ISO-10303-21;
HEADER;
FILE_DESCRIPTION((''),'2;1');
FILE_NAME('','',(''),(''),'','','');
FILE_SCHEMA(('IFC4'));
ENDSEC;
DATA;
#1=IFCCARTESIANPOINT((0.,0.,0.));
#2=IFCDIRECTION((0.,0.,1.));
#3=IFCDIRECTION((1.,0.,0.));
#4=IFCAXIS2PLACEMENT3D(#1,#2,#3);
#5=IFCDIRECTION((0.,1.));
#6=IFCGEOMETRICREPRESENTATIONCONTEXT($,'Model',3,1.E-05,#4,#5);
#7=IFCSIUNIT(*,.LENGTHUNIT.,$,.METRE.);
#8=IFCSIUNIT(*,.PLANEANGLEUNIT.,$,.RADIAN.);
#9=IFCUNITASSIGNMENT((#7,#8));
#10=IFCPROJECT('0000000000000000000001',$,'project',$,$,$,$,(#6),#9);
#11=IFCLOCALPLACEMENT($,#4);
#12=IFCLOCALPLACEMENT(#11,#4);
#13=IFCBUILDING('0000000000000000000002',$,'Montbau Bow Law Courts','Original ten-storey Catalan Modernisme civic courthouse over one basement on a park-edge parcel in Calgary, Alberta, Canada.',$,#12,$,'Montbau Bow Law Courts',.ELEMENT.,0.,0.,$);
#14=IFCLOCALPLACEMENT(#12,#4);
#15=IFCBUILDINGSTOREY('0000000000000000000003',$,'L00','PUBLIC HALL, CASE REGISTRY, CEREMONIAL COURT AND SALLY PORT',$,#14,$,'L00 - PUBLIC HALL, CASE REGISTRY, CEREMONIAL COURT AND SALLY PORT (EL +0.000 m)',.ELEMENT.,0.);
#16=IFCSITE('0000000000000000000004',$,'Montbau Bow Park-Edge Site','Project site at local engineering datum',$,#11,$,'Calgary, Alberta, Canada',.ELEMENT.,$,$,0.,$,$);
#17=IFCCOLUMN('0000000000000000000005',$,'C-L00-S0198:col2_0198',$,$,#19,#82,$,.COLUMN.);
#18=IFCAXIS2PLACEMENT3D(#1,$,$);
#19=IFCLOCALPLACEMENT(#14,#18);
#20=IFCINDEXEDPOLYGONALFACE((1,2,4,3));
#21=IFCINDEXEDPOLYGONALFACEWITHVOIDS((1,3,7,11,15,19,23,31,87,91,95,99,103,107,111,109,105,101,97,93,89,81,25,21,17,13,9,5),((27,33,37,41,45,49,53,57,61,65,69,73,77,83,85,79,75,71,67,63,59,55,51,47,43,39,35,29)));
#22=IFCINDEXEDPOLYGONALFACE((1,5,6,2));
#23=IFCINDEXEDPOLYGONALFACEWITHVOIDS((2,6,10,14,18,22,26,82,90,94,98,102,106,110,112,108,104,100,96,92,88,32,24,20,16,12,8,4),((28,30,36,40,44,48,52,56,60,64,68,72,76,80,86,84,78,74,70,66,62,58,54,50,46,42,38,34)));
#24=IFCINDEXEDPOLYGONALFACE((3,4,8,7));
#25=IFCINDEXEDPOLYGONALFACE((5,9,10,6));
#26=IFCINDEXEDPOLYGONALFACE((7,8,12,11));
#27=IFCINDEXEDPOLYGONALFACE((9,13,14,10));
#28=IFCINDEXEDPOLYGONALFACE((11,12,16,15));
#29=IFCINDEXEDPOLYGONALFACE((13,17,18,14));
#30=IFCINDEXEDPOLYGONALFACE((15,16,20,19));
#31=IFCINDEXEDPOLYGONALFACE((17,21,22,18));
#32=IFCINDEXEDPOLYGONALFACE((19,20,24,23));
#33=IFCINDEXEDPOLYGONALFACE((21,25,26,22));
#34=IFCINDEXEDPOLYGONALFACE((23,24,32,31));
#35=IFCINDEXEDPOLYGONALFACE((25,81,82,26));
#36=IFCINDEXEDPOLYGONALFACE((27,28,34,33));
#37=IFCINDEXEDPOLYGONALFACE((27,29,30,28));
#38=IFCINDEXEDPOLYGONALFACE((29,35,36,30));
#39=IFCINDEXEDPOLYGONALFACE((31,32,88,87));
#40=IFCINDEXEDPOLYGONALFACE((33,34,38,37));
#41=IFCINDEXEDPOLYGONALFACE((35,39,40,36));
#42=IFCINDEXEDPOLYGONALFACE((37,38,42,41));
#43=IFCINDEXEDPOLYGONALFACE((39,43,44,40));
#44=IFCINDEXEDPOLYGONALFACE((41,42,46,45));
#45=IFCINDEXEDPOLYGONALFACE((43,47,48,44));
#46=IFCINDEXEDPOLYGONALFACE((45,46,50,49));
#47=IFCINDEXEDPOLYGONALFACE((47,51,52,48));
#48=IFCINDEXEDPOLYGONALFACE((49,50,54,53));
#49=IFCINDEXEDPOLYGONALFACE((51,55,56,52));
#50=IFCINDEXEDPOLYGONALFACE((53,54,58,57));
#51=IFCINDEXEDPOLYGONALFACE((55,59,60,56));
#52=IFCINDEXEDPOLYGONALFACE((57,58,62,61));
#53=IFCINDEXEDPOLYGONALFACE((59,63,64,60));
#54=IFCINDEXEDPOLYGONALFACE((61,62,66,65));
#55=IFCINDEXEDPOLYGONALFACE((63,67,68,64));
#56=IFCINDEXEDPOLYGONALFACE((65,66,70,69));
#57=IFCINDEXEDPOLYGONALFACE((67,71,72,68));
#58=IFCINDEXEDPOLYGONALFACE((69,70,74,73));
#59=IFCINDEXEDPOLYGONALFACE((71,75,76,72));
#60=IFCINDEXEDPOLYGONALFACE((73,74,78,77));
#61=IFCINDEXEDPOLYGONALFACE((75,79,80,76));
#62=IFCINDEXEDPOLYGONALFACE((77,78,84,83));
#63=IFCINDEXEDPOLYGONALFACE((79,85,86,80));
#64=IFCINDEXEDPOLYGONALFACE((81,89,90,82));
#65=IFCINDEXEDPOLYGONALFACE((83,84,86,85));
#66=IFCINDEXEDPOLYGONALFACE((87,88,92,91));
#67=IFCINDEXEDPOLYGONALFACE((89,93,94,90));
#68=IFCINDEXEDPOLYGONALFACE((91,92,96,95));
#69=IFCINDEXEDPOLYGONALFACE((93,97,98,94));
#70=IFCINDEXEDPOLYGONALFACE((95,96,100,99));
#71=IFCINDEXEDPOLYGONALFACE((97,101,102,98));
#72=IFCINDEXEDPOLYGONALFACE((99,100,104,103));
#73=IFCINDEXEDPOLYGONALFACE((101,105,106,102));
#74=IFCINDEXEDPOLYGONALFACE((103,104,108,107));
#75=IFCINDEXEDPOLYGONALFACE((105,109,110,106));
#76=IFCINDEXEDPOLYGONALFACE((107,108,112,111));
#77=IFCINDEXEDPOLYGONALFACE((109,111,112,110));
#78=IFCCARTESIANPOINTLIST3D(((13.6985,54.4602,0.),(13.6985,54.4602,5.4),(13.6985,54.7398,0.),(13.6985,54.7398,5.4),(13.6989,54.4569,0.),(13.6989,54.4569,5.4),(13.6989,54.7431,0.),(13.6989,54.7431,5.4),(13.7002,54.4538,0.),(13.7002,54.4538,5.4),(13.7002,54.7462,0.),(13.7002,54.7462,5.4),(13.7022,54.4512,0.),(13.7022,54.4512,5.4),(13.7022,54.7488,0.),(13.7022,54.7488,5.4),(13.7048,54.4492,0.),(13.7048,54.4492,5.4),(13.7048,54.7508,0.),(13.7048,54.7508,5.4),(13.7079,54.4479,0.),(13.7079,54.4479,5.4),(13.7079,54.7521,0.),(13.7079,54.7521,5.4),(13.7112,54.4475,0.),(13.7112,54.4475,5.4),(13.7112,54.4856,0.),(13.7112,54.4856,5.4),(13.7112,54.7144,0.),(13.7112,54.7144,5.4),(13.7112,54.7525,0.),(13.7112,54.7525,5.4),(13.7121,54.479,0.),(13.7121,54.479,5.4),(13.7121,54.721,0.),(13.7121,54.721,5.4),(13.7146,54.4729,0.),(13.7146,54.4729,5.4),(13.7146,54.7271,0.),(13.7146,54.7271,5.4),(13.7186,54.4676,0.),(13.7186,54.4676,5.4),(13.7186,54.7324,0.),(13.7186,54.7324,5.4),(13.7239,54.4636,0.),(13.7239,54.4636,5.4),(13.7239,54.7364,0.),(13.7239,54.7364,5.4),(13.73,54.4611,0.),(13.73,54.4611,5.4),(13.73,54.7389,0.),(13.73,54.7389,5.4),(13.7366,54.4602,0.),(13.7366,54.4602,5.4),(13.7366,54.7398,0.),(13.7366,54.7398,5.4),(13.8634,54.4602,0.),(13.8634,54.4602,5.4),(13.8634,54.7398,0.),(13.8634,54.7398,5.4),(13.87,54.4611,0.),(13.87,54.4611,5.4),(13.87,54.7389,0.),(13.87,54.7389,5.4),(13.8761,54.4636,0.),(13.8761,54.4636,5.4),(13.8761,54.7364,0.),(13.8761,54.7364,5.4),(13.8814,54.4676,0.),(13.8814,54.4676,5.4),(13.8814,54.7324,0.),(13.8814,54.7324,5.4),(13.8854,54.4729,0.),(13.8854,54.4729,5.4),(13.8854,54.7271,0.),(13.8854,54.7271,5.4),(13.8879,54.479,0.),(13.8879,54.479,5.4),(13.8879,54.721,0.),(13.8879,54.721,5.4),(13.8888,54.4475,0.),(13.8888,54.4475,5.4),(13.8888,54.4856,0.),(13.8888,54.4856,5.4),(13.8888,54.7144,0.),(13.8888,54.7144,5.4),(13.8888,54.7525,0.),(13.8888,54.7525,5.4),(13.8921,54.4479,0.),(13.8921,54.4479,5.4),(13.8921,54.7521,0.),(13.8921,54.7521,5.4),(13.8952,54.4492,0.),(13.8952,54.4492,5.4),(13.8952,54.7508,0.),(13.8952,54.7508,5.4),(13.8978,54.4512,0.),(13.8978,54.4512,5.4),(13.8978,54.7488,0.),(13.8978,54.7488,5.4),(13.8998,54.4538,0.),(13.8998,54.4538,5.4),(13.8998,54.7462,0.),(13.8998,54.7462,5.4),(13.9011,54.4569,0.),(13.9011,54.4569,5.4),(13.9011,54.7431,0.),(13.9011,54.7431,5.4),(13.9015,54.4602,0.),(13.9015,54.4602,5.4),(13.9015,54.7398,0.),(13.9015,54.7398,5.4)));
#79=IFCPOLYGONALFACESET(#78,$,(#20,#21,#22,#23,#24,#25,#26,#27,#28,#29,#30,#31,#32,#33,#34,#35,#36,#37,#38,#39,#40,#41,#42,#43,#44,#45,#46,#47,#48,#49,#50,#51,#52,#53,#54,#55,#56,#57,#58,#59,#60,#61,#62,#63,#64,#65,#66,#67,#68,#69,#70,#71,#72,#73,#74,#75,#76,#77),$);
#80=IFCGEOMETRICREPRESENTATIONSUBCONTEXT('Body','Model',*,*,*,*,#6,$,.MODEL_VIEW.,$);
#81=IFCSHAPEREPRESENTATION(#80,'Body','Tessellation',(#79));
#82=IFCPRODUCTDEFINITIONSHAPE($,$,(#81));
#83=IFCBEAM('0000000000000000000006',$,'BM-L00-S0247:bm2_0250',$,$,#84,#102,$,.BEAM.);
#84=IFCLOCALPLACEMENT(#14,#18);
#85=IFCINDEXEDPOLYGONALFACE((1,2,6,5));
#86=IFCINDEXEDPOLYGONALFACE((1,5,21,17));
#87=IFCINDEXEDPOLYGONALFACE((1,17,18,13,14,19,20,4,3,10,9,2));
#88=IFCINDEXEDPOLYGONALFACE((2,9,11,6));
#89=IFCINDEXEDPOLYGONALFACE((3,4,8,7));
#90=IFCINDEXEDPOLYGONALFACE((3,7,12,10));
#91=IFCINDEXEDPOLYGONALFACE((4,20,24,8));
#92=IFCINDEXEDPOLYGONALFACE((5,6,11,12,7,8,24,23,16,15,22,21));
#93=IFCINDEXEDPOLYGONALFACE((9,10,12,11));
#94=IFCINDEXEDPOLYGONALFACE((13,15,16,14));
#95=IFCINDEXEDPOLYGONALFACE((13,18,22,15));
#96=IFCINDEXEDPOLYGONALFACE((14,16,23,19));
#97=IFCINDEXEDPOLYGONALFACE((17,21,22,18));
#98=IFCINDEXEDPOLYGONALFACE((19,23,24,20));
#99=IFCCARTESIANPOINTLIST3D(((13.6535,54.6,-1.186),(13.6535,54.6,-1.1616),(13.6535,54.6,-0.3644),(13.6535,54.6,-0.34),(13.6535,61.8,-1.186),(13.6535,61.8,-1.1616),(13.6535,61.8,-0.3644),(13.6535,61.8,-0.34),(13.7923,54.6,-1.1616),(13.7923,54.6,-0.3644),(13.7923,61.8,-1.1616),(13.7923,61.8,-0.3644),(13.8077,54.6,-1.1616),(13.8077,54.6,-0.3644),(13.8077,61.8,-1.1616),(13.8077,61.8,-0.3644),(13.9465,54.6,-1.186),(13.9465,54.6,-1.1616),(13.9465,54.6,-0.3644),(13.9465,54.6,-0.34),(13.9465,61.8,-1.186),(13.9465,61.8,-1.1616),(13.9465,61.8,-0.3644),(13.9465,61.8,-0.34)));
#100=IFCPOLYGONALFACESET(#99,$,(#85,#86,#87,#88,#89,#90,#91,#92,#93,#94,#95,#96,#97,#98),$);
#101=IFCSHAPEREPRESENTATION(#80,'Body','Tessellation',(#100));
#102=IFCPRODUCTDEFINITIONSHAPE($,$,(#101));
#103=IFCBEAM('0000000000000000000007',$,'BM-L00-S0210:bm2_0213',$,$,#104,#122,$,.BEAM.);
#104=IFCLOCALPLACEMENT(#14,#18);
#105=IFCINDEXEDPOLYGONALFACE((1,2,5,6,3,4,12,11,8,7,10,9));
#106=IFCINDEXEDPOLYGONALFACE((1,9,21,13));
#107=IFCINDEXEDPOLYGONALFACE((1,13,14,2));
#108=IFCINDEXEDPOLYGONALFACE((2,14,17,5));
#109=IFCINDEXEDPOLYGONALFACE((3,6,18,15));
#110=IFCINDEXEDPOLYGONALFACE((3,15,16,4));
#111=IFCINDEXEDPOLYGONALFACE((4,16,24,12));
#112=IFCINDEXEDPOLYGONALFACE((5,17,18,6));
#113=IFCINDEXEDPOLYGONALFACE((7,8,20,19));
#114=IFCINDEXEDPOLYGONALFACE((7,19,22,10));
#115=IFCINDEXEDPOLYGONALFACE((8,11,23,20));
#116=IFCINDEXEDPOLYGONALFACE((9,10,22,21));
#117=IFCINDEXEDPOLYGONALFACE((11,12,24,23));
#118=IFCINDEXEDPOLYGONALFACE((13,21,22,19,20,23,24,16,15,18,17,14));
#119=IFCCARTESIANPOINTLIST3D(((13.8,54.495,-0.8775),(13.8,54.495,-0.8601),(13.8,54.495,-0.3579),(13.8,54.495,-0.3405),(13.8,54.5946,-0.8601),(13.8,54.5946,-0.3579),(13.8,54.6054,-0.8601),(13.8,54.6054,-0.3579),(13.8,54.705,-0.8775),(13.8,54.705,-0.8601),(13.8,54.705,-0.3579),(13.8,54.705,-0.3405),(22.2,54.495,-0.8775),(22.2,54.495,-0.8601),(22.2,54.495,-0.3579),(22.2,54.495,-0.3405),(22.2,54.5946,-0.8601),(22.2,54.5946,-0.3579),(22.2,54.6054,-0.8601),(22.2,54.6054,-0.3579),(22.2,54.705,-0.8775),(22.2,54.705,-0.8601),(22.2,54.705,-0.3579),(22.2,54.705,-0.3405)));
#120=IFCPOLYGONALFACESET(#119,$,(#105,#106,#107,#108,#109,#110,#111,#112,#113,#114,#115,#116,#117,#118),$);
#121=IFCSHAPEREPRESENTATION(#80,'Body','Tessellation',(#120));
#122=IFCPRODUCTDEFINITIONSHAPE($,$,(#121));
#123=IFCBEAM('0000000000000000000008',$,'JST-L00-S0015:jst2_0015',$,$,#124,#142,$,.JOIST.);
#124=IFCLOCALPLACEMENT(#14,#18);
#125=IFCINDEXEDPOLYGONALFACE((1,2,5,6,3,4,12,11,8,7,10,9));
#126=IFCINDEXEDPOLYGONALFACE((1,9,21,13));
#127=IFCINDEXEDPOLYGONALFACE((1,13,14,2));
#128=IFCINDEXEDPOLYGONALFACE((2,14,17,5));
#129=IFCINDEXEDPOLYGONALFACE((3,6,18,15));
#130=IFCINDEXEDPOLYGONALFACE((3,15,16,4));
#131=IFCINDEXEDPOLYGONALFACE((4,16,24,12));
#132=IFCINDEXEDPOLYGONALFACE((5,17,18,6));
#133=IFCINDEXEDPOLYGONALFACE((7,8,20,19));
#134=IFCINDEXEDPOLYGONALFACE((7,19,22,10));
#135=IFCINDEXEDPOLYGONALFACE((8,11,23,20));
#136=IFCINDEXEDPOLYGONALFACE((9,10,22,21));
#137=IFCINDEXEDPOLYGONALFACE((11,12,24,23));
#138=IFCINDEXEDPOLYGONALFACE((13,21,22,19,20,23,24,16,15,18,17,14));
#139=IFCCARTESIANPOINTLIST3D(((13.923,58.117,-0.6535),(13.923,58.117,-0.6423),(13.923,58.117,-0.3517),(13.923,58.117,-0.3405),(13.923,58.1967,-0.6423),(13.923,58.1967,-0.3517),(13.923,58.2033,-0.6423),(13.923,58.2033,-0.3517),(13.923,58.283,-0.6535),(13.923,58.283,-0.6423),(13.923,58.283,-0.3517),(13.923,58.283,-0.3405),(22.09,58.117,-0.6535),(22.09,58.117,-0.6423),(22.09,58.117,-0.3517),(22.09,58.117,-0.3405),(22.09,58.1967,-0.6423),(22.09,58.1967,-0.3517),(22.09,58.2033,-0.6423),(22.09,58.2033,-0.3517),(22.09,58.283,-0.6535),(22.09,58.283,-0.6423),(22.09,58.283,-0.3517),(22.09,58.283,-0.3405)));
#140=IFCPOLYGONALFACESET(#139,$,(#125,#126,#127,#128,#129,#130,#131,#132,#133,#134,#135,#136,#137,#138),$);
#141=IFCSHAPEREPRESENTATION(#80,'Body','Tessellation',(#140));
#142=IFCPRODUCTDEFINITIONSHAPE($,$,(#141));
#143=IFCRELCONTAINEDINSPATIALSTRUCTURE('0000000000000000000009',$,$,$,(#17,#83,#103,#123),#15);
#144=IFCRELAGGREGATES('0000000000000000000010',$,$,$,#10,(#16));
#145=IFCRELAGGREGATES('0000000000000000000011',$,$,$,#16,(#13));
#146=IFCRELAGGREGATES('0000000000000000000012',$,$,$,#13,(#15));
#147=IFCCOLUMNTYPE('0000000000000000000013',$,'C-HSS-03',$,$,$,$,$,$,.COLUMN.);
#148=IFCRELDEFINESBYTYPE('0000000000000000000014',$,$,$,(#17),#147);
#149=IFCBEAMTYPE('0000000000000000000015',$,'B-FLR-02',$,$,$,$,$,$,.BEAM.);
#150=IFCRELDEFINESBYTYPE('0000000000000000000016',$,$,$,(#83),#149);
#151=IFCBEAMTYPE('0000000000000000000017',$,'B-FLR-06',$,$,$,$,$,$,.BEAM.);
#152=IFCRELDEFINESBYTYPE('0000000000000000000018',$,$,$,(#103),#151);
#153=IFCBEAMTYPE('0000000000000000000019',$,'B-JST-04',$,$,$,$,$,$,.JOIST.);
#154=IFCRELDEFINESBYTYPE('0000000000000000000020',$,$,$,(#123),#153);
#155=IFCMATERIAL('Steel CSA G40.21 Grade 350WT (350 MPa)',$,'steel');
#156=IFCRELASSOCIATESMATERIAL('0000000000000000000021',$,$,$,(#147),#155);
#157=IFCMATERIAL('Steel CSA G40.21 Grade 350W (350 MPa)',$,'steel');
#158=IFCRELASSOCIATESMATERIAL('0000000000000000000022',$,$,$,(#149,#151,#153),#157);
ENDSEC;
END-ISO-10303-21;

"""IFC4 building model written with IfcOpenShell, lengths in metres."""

from ifc_helpers import new_model, si_unit, direction, frame, origin_with_axes, origin_2d_with_axis, place, context, subcontext, project, spatial, hollow_rectangle, i_section, extrude, material, material_profile, profile_set, type_object, element, save


model = new_model("IFC4")

# Units and contexts
model_context = context("Model", 3, precision=1e-05, world=origin_with_axes(), true_north=direction((0.0, 1.0)))
body_context = subcontext(model_context, "Body", "Model", "MODEL_VIEW")
ifc_project = project(units=[si_unit("LENGTHUNIT", "METRE"), si_unit("PLANEANGLEUNIT", "RADIAN")], contexts=[model_context])

# Site, building, storey
site_placement = place(None, origin_with_axes())
site = spatial("IfcSite", under=ifc_project, at=site_placement, Name="Montbau Bow Park-Edge Site", Description="Project site at local engineering datum", LongName="Calgary, Alberta, Canada", CompositionType="ELEMENT", RefElevation=0.0)
building_placement = place(site_placement, origin_with_axes())
building = spatial("IfcBuilding", under=site, at=building_placement, Name="Montbau Bow Law Courts", Description="Original ten-storey Catalan Modernisme civic courthouse over one basement on a park-edge parcel in Calgary, Alberta, Canada.", LongName="Montbau Bow Law Courts", CompositionType="ELEMENT", ElevationOfRefHeight=0.0, ElevationOfTerrain=0.0)
storey_placement = place(building_placement, origin_with_axes())
storey = spatial("IfcBuildingStorey", under=building, at=storey_placement, Name="L00", Description="PUBLIC HALL, CASE REGISTRY, CEREMONIAL COURT AND SALLY PORT", LongName="L00 - PUBLIC HALL, CASE REGISTRY, CEREMONIAL COURT AND SALLY PORT (EL +0.000 m)", CompositionType="ELEMENT", Elevation=0.0)

# Column
ifc_material_1 = material(Name="Steel CSA G40.21 Grade 350WT (350 MPa)", Category="steel")
ifc_material_profile_1 = material_profile(ifc_material_1, hollow_rectangle(XDim=0.203, YDim=0.305, WallThickness=0.0127, InnerFilletRadius=0.0254, OuterFilletRadius=0.0127, at=origin_2d_with_axis()), Name="HSS305X203X13", Category="Main", Priority=0)
ifc_profile_set_1 = profile_set([ifc_material_profile_1], Name="Steel CSA G40.21 Grade 350WT (350 MPa)")
column_type = type_object("IfcColumnType", Name="C-HSS-03", PredefinedType="COLUMN", material=ifc_profile_set_1)
column_placement = place(None, frame((13.8, 54.6, 0.0), z_axis=(0.0, 0.0, 1.0), x_axis=(1.0, 0.0, 0.0)))
element("IfcColumn", 1, at=column_placement, inside=storey, type_object=column_type, Name="C-L00-S0198:col2_0198", PredefinedType="COLUMN", context=body_context, shape_type="SweptSolid", body=[
    extrude(hollow_rectangle(XDim=0.203, YDim=0.305, WallThickness=0.0127, InnerFilletRadius=0.0254, OuterFilletRadius=0.0127, at=origin_2d_with_axis()), origin_with_axes(), (0.0, 0.0, 1.0), 5.4),
])

# Beams
ifc_material_2 = material(Name="Steel CSA G40.21 Grade 350W (350 MPa)", Category="steel")
ifc_material_profile_2 = material_profile(ifc_material_2, i_section(OverallWidth=0.293, OverallDepth=0.846, WebThickness=0.0154, FlangeThickness=0.0244, at=origin_2d_with_axis()), Name="W840X210", Category="Main", Priority=0)
ifc_profile_set_2 = profile_set([ifc_material_profile_2], Name="Steel CSA G40.21 Grade 350W (350 MPa)")
beam_type_1 = type_object("IfcBeamType", Name="B-FLR-02", PredefinedType="BEAM", material=ifc_profile_set_2)
beam_1_placement = place(None, frame((13.8, 54.6, -0.763), z_axis=(0.0, 1.0, 0.0), x_axis=(-1.0, 0.0, 0.0)))
element("IfcBeam", 2, at=beam_1_placement, inside=storey, type_object=beam_type_1, Name="BM-L00-S0247:bm2_0250", PredefinedType="BEAM", context=body_context, shape_type="SweptSolid", body=[
    extrude(i_section(OverallWidth=0.293, OverallDepth=0.846, WebThickness=0.0154, FlangeThickness=0.0244, at=origin_2d_with_axis()), origin_with_axes(), (0.0, 0.0, 1.0), 7.2),
])
ifc_material_profile_3 = material_profile(ifc_material_2, i_section(OverallWidth=0.21, OverallDepth=0.537, WebThickness=0.0109, FlangeThickness=0.0174, at=origin_2d_with_axis()), Name="W530X101", Category="Main", Priority=0)
ifc_profile_set_3 = profile_set([ifc_material_profile_3], Name="Steel CSA G40.21 Grade 350W (350 MPa)")
beam_type_2 = type_object("IfcBeamType", Name="B-FLR-06", PredefinedType="BEAM", material=ifc_profile_set_3)
beam_2_placement = place(None, frame((13.8, 54.6, -0.609), z_axis=(1.0, 0.0, 0.0), x_axis=(0.0, 1.0, 0.0)))
element("IfcBeam", 3, at=beam_2_placement, inside=storey, type_object=beam_type_2, Name="BM-L00-S0210:bm2_0213", PredefinedType="BEAM", context=body_context, shape_type="SweptSolid", body=[
    extrude(i_section(OverallWidth=0.21, OverallDepth=0.537, WebThickness=0.0109, FlangeThickness=0.0174, at=origin_2d_with_axis()), origin_with_axes(), (0.0, 0.0, 1.0), 8.4),
])
ifc_material_profile_4 = material_profile(ifc_material_2, i_section(OverallWidth=0.166, OverallDepth=0.313, WebThickness=0.0066, FlangeThickness=0.0112, at=origin_2d_with_axis()), Name="W310X45", Category="Main", Priority=0)
ifc_profile_set_4 = profile_set([ifc_material_profile_4], Name="Steel CSA G40.21 Grade 350W (350 MPa)")
beam_type_3 = type_object("IfcBeamType", Name="B-JST-04", PredefinedType="JOIST", material=ifc_profile_set_4)
beam_3_placement = place(None, frame((13.923, 58.2, -0.497), z_axis=(1.0, 0.0, 0.0), x_axis=(0.0, 1.0, 0.0)))
element("IfcBeam", 4, at=beam_3_placement, inside=storey, type_object=beam_type_3, Name="JST-L00-S0015:jst2_0015", PredefinedType="JOIST", context=body_context, shape_type="SweptSolid", body=[
    extrude(i_section(OverallWidth=0.166, OverallDepth=0.313, WebThickness=0.0066, FlangeThickness=0.0112, at=origin_2d_with_axis()), origin_with_axes(), (0.0, 0.0, 1.0), 8.167),
])

save(model, "model.ifc")
